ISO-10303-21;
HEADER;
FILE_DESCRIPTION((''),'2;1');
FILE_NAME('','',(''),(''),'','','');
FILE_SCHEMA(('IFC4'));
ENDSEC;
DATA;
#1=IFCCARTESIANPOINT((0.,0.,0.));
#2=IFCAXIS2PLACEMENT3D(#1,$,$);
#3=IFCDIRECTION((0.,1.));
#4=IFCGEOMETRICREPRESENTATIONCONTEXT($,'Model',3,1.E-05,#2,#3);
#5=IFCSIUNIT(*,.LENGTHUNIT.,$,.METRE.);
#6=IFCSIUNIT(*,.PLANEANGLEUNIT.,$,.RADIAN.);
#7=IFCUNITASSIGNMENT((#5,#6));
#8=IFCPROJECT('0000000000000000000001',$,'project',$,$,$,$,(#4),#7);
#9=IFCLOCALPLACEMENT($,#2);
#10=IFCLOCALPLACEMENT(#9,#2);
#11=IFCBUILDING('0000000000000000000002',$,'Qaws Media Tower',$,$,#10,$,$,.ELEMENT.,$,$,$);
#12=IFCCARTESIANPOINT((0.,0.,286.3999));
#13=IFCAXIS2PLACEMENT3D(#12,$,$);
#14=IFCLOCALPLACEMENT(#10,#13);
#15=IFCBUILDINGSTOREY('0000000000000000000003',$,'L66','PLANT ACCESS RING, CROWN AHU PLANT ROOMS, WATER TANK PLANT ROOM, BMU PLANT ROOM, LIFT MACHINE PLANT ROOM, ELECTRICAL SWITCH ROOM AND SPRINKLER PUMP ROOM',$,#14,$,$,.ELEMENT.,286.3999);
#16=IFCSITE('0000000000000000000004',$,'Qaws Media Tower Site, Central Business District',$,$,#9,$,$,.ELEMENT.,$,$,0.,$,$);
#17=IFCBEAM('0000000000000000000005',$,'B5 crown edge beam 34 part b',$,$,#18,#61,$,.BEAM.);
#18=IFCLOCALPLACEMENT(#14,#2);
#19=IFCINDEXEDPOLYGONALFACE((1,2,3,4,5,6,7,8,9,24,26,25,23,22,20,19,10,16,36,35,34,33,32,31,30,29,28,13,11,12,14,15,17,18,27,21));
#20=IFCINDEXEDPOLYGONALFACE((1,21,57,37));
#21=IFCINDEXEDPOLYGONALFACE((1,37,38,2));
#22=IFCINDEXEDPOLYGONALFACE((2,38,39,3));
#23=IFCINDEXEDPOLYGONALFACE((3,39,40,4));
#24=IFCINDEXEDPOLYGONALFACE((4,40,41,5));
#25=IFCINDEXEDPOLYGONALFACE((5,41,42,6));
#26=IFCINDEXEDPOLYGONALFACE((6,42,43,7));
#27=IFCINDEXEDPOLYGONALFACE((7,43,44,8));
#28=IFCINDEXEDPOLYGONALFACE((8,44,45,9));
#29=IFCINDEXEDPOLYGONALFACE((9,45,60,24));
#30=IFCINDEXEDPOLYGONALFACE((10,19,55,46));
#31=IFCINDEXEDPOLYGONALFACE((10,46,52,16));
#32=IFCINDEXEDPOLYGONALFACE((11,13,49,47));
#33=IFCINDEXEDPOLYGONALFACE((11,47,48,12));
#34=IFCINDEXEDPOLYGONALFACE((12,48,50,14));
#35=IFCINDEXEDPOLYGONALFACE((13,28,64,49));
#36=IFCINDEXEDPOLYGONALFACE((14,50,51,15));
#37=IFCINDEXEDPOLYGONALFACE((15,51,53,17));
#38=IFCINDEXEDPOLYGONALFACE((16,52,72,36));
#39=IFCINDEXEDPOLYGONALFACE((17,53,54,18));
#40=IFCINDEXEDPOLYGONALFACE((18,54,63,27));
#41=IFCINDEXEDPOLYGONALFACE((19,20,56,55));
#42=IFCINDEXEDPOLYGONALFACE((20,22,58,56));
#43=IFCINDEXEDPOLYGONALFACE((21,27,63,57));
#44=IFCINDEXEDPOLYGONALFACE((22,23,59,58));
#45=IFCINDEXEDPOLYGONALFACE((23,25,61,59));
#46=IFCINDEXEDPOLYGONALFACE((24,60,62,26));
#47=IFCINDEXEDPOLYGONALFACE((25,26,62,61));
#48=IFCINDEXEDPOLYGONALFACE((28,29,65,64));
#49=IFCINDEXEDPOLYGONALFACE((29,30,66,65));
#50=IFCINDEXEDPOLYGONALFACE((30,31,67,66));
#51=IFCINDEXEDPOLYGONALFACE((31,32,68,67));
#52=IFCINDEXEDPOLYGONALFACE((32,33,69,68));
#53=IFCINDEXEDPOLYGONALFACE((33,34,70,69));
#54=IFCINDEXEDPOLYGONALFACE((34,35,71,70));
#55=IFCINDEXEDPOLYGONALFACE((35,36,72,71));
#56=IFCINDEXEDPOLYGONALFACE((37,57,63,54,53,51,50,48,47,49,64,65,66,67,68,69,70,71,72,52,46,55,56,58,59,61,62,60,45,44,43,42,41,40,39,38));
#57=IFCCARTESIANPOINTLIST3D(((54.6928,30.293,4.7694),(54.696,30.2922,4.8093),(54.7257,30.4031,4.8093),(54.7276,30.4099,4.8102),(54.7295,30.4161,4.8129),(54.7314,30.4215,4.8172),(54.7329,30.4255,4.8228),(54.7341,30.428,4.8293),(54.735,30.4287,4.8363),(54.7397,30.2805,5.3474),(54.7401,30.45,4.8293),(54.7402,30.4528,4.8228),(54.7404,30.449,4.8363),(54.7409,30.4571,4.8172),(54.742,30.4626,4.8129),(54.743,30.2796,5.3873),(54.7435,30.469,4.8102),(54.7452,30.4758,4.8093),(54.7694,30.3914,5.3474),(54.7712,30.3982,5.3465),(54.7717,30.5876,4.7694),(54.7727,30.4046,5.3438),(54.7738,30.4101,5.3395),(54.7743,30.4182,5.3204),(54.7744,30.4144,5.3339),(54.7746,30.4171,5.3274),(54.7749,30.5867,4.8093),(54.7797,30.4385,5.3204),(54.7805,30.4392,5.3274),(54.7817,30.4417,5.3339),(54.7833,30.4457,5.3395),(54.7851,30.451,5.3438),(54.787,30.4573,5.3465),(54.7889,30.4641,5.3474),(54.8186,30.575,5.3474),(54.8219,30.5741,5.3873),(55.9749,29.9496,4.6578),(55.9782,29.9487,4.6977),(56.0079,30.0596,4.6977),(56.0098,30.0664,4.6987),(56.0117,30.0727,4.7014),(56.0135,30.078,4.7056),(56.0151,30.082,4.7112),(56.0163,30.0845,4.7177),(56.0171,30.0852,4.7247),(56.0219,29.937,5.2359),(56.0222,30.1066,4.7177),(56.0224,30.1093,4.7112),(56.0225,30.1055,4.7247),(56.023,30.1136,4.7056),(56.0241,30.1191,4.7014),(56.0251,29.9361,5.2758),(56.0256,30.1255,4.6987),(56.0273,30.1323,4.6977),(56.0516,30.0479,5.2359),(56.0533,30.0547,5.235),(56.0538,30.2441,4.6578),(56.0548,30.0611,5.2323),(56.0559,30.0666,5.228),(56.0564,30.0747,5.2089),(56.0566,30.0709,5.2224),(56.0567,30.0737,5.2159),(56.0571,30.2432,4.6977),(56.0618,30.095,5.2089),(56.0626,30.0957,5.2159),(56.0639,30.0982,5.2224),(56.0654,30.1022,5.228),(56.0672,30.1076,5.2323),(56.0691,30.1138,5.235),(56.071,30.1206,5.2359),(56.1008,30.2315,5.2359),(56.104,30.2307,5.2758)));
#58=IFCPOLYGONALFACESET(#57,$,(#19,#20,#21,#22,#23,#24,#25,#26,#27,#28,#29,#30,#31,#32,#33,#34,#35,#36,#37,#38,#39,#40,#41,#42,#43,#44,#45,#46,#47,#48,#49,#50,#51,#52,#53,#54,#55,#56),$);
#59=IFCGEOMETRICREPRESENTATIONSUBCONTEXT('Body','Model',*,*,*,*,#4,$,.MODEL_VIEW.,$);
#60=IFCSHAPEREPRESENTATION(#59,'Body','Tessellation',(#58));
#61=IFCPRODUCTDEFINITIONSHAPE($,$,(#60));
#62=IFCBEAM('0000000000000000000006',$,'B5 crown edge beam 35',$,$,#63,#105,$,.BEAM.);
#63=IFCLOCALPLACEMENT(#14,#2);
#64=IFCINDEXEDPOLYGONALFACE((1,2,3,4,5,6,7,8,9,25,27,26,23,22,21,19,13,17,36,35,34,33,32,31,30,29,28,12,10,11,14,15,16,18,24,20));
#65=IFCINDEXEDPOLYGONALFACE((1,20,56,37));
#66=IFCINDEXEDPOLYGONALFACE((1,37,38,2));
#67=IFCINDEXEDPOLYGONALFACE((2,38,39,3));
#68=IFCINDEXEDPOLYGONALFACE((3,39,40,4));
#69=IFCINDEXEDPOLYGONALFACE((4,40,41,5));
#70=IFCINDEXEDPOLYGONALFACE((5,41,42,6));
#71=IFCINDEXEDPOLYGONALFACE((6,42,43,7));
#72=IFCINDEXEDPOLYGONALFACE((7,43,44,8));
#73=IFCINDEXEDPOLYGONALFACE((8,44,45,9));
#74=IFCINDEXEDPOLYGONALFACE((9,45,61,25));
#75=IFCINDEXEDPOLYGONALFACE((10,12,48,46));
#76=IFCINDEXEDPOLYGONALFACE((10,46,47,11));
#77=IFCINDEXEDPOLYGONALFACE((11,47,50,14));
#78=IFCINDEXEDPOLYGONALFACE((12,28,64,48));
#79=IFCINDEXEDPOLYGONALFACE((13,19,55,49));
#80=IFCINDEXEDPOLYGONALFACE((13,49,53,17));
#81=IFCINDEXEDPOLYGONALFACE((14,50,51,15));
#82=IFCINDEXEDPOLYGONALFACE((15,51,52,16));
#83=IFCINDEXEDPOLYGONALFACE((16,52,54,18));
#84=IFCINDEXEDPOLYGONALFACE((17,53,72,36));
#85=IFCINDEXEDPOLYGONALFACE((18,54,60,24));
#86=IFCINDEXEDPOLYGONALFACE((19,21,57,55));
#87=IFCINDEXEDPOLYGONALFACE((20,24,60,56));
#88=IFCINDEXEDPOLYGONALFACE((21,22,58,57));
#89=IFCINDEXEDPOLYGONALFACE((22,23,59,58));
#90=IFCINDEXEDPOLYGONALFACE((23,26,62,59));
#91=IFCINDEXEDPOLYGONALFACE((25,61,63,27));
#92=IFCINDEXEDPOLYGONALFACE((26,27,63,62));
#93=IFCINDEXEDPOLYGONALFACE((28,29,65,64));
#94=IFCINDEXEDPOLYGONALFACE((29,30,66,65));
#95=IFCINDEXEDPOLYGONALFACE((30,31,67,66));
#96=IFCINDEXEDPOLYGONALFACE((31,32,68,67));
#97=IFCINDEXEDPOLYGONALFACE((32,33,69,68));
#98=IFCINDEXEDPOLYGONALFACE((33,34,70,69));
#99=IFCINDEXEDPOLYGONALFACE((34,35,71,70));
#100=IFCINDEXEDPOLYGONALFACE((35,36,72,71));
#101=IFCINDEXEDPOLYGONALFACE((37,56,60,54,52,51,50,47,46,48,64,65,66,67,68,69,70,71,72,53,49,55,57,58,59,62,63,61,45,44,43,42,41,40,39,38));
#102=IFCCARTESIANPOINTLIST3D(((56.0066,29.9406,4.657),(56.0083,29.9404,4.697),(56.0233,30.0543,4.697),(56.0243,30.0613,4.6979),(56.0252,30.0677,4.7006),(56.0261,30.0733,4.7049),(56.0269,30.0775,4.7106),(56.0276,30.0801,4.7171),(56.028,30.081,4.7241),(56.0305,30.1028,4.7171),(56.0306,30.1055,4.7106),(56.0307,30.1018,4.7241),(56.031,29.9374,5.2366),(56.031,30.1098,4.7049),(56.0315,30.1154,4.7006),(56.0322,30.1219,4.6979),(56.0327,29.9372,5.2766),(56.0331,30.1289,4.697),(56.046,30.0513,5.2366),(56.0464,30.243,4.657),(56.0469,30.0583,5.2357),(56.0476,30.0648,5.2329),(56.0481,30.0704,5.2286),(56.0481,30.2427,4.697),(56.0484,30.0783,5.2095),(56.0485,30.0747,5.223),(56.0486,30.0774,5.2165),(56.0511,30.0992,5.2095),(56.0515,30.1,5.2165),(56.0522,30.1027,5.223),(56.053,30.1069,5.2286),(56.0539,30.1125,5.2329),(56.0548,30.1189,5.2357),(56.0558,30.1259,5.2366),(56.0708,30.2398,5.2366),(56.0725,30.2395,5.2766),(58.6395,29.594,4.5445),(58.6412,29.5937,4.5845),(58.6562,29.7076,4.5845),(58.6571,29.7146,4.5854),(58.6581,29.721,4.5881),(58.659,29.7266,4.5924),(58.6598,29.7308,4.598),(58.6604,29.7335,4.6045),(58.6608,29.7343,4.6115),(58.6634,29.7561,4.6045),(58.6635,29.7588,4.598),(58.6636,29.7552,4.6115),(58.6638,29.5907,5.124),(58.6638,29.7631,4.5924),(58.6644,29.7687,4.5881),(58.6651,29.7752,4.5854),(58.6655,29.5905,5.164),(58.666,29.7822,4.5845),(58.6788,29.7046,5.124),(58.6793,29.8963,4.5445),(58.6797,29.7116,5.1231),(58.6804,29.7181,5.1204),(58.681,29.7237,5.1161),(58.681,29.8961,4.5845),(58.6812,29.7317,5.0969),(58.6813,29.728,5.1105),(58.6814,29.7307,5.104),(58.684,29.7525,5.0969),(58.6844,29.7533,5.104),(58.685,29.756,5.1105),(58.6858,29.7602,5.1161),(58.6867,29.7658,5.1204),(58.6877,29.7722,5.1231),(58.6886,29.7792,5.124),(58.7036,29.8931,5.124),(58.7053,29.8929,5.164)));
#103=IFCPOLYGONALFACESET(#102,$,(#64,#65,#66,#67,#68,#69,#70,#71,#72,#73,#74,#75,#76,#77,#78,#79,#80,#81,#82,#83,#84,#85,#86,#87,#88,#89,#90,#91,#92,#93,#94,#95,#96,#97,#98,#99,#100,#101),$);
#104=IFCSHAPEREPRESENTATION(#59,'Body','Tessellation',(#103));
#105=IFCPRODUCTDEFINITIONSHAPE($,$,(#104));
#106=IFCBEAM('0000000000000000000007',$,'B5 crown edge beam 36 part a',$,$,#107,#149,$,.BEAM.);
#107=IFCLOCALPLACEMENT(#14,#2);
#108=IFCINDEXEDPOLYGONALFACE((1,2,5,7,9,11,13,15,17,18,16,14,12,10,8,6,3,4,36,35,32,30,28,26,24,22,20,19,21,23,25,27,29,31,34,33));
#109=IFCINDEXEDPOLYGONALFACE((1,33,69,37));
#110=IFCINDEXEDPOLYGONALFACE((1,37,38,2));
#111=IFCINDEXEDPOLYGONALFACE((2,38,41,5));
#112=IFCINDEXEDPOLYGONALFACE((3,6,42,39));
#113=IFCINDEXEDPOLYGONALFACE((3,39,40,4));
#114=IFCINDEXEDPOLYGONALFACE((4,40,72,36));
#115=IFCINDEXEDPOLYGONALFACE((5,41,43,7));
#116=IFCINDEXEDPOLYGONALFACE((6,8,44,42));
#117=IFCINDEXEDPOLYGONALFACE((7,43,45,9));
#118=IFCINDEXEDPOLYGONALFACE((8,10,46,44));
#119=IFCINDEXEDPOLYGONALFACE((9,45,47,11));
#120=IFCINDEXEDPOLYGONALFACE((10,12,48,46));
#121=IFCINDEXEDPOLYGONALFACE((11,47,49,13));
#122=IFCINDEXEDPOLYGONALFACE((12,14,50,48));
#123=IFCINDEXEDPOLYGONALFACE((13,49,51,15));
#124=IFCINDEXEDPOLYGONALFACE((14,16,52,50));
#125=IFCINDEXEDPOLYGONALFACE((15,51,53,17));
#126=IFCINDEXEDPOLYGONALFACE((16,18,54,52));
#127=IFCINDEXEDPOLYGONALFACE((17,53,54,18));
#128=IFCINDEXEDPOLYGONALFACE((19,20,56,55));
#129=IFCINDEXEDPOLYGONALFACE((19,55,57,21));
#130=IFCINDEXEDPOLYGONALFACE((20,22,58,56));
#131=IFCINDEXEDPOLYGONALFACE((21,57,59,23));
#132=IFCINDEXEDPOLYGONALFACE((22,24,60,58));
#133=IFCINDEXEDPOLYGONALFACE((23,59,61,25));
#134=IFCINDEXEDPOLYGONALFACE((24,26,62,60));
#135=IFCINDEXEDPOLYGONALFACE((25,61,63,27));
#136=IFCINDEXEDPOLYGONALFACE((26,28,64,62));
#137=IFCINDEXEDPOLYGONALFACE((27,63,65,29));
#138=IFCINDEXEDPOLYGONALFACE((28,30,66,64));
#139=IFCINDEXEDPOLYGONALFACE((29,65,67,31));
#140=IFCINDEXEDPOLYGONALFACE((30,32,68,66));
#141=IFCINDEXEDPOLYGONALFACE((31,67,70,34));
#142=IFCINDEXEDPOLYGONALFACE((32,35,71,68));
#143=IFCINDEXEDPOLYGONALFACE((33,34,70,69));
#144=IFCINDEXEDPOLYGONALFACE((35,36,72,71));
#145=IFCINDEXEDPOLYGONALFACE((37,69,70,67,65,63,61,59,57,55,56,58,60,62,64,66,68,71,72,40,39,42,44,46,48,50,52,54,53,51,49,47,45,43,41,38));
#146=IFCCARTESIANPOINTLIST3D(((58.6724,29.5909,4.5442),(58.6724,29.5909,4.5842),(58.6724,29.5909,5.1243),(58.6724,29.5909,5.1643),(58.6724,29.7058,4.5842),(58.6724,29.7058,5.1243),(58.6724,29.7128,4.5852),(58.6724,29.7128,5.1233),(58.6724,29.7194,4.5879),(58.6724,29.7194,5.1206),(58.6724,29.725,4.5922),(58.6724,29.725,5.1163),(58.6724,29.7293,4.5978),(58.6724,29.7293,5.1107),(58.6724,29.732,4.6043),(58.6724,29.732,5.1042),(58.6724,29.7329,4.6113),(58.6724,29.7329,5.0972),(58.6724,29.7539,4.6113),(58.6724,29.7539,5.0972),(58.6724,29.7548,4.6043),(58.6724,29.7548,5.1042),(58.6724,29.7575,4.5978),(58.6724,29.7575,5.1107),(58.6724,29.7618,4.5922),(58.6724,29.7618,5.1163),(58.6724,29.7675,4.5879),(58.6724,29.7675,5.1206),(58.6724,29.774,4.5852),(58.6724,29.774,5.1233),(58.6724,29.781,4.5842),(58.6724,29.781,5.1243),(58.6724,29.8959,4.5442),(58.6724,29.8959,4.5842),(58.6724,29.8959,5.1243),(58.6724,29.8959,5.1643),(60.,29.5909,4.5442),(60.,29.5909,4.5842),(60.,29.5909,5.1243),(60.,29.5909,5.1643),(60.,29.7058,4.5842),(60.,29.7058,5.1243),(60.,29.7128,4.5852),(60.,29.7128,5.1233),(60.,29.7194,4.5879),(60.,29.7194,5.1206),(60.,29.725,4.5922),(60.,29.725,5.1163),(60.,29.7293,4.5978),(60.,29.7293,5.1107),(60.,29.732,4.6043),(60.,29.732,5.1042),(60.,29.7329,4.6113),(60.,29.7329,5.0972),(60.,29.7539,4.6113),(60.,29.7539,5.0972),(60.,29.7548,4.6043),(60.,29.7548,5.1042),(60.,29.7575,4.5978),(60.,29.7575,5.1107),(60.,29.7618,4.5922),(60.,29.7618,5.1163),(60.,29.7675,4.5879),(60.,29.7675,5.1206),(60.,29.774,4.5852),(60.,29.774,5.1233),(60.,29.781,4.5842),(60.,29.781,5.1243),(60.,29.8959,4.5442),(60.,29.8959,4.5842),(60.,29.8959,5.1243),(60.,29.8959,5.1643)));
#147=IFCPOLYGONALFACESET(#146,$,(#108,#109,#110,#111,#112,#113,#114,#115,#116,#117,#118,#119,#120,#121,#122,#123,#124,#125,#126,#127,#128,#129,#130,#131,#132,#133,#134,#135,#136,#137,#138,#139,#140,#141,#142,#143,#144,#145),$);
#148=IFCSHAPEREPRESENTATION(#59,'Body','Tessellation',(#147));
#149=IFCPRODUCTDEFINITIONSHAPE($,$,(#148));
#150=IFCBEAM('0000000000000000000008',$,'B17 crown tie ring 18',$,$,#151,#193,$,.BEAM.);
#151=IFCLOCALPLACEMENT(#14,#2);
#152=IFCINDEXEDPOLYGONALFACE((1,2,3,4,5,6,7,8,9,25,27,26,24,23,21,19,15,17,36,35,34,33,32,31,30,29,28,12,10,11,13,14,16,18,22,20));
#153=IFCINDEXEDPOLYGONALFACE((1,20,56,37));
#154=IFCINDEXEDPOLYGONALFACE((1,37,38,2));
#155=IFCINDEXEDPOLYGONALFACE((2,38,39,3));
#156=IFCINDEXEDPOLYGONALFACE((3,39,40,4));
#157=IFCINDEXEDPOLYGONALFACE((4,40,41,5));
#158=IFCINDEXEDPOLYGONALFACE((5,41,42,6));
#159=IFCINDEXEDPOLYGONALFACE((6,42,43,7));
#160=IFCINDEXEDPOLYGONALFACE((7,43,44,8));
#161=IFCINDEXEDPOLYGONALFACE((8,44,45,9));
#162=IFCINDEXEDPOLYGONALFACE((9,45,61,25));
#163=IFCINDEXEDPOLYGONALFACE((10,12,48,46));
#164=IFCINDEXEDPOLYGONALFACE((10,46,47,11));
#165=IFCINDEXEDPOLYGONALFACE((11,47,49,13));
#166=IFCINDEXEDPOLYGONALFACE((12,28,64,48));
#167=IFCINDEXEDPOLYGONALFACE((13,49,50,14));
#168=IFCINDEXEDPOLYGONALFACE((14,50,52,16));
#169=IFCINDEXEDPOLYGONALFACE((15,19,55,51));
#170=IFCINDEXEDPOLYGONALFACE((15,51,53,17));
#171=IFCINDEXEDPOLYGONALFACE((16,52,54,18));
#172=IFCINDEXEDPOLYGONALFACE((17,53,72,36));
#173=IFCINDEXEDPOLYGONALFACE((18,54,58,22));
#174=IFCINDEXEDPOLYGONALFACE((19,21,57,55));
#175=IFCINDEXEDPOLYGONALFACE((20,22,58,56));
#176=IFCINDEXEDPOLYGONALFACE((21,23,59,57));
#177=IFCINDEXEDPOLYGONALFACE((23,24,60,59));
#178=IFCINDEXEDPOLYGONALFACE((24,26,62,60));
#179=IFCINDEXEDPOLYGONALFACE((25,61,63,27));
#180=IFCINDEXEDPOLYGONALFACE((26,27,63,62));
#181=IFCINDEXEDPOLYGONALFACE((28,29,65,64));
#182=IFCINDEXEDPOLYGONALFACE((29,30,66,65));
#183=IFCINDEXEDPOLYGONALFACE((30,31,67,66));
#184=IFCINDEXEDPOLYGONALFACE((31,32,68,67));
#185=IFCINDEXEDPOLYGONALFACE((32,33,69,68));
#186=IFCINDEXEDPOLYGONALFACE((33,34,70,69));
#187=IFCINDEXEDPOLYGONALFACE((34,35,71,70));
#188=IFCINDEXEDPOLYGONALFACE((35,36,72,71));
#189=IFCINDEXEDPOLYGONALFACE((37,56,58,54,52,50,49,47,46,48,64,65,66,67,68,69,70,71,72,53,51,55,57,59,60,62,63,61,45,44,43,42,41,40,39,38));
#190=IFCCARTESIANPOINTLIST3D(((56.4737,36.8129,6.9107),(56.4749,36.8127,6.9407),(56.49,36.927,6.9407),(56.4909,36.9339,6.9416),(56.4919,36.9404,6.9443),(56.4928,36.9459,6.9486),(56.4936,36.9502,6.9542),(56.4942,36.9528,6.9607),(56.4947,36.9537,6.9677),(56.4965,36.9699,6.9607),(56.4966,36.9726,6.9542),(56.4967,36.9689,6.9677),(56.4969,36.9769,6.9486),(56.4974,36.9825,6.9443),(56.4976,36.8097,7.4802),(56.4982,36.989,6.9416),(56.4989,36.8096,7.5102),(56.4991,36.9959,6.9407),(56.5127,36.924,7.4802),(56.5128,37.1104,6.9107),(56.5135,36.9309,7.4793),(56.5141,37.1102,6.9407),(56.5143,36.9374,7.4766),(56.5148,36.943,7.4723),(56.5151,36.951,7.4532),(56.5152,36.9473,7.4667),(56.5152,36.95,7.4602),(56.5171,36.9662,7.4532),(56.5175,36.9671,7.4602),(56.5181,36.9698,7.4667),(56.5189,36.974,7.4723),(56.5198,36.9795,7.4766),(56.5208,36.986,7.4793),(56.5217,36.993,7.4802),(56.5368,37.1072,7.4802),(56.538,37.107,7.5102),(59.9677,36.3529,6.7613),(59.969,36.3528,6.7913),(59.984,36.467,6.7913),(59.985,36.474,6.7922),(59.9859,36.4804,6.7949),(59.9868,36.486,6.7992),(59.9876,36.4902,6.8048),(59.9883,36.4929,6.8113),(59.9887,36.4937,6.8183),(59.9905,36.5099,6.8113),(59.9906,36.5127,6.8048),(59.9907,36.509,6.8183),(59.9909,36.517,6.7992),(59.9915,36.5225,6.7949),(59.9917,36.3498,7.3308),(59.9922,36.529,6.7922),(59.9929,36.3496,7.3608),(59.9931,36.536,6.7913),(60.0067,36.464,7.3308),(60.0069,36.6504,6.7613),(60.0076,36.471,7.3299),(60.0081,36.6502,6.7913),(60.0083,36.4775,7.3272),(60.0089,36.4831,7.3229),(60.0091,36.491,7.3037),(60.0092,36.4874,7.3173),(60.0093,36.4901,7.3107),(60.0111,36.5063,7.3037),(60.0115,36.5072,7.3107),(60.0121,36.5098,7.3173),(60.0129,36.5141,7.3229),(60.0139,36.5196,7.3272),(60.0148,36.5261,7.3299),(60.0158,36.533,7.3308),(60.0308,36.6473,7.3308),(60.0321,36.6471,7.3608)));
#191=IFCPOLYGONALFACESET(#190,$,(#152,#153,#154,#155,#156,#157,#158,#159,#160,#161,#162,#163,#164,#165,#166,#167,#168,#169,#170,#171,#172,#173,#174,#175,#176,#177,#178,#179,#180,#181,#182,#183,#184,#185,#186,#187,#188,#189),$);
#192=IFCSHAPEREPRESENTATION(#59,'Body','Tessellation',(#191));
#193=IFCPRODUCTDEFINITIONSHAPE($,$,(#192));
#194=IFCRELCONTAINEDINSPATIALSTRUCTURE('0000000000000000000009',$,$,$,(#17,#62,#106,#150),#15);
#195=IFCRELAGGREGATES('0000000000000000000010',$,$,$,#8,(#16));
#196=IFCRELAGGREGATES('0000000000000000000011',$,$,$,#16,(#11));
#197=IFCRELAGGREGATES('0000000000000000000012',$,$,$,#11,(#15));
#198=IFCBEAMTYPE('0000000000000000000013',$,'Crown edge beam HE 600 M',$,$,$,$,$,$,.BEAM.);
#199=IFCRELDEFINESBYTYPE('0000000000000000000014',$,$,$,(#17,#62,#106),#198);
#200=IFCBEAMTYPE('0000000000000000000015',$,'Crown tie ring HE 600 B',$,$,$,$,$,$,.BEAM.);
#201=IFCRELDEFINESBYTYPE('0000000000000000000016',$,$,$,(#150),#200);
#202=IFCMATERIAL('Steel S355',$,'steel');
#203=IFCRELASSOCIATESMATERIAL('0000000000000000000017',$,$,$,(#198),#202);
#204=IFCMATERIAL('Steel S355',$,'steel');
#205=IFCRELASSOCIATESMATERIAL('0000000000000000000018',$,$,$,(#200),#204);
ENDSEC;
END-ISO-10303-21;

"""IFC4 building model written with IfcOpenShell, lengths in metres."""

from ifc_helpers import new_model, si_unit, direction, frame, origin, origin_2d, place, context, subcontext, project, spatial, i_section, extrude, material, material_profile, profile_set, type_object, element, save


model = new_model("IFC4")

# Units and contexts
model_context = context("Model", 3, precision=1e-05, world=origin(), true_north=direction((0.0, 1.0)))
body_context = subcontext(model_context, "Body", "Model", "MODEL_VIEW")
ifc_project = project(units=[si_unit("LENGTHUNIT", "METRE"), si_unit("PLANEANGLEUNIT", "RADIAN")], contexts=[model_context])

# Site, building, storey
site_placement = place(None, origin())
site = spatial("IfcSite", under=ifc_project, at=site_placement, Name="Qaws Media Tower Site, Central Business District", CompositionType="ELEMENT", RefElevation=0.0)
building_placement = place(site_placement, origin())
building = spatial("IfcBuilding", under=site, at=building_placement, Name="Qaws Media Tower", CompositionType="ELEMENT")
storey_placement = place(building_placement, frame((0.0, 0.0, 286.3999)))
storey = spatial("IfcBuildingStorey", under=building, at=storey_placement, Name="L66", Description="PLANT ACCESS RING, CROWN AHU PLANT ROOMS, WATER TANK PLANT ROOM, BMU PLANT ROOM, LIFT MACHINE PLANT ROOM, ELECTRICAL SWITCH ROOM AND SPRINKLER PUMP ROOM", CompositionType="ELEMENT", Elevation=286.3999)

# Beams
ifc_material_1 = material(Name="Steel S355", Category="steel")
ifc_material_profile_1 = material_profile(ifc_material_1, i_section(OverallWidth=0.3049, OverallDepth=0.6201, WebThickness=0.021, FlangeThickness=0.04, FilletRadius=0.0271, at=origin_2d()), Name="HE 600 M")
ifc_profile_set_1 = profile_set([ifc_material_profile_1], Name="Steel S355")
beam_type_1 = type_object("IfcBeamType", Name="Crown edge beam HE 600 M", PredefinedType="BEAM", material=ifc_profile_set_1)
beam_1_placement = place(storey_placement, frame((54.7573, 30.4336, 5.0784), z_axis=(0.962544, -0.257864, -0.083755), x_axis=(0.258773, 0.965938, 0.0)))
element("IfcBeam", 1, at=beam_1_placement, inside=storey, type_object=beam_type_1, Name="B5 crown edge beam 34 part b", PredefinedType="BEAM", context=body_context, shape_type="SweptSolid", body=[
    extrude(i_section(OverallWidth=0.3049, OverallDepth=0.6201, WebThickness=0.021, FlangeThickness=0.04, FilletRadius=0.0271, at=origin_2d()), origin(), (0.0, 0.0, 1.0), 1.332),
])
beam_2_placement = place(storey_placement, frame((56.0396, 30.0901, 4.9668), z_axis=(0.990553, -0.130433, -0.042345), x_axis=(0.13055, 0.991442, 0.0)))
element("IfcBeam", 2, at=beam_2_placement, inside=storey, type_object=beam_type_1, Name="B5 crown edge beam 35", PredefinedType="BEAM", context=body_context, shape_type="SweptSolid", body=[
    extrude(i_section(OverallWidth=0.3049, OverallDepth=0.6201, WebThickness=0.021, FlangeThickness=0.04, FilletRadius=0.0271, at=origin_2d()), origin(), (0.0, 0.0, 1.0), 2.658),
])
beam_3_placement = place(storey_placement, frame((58.6724, 29.7434, 4.8542), z_axis=(1.0, 0.0, 0.0), x_axis=(0.0, 1.0, 0.0)))
element("IfcBeam", 3, at=beam_3_placement, inside=storey, type_object=beam_type_1, Name="B5 crown edge beam 36 part a", PredefinedType="BEAM", context=body_context, shape_type="SweptSolid", body=[
    extrude(i_section(OverallWidth=0.3049, OverallDepth=0.6201, WebThickness=0.021, FlangeThickness=0.04, FilletRadius=0.0271, at=origin_2d()), origin(), (0.0, 0.0, 1.0), 1.3276),
])
ifc_material_2 = material(Name="Steel S355", Category="steel")
ifc_material_profile_2 = material_profile(ifc_material_2, i_section(OverallWidth=0.3, OverallDepth=0.6001, WebThickness=0.0154, FlangeThickness=0.03, FilletRadius=0.0271, at=origin_2d()), Name="HE 600 B")
ifc_profile_set_2 = profile_set([ifc_material_profile_2], Name="Steel S355")
beam_type_2 = type_object("IfcBeamType", Name="Crown tie ring HE 600 B", PredefinedType="BEAM", material=ifc_profile_set_2)
beam_4_placement = place(storey_placement, frame((56.5059, 36.96, 7.2104), z_axis=(0.990557, -0.130395, -0.042358), x_axis=(0.130512, 0.991447, 0.0)))
element("IfcBeam", 4, at=beam_4_placement, inside=storey, type_object=beam_type_2, Name="B17 crown tie ring 18", PredefinedType="BEAM", context=body_context, shape_type="SweptSolid", body=[
    extrude(i_section(OverallWidth=0.3, OverallDepth=0.6001, WebThickness=0.0154, FlangeThickness=0.03, FilletRadius=0.0271, at=origin_2d()), origin(), (0.0, 0.0, 1.0), 3.5273),
])

save(model, "model.ifc")
